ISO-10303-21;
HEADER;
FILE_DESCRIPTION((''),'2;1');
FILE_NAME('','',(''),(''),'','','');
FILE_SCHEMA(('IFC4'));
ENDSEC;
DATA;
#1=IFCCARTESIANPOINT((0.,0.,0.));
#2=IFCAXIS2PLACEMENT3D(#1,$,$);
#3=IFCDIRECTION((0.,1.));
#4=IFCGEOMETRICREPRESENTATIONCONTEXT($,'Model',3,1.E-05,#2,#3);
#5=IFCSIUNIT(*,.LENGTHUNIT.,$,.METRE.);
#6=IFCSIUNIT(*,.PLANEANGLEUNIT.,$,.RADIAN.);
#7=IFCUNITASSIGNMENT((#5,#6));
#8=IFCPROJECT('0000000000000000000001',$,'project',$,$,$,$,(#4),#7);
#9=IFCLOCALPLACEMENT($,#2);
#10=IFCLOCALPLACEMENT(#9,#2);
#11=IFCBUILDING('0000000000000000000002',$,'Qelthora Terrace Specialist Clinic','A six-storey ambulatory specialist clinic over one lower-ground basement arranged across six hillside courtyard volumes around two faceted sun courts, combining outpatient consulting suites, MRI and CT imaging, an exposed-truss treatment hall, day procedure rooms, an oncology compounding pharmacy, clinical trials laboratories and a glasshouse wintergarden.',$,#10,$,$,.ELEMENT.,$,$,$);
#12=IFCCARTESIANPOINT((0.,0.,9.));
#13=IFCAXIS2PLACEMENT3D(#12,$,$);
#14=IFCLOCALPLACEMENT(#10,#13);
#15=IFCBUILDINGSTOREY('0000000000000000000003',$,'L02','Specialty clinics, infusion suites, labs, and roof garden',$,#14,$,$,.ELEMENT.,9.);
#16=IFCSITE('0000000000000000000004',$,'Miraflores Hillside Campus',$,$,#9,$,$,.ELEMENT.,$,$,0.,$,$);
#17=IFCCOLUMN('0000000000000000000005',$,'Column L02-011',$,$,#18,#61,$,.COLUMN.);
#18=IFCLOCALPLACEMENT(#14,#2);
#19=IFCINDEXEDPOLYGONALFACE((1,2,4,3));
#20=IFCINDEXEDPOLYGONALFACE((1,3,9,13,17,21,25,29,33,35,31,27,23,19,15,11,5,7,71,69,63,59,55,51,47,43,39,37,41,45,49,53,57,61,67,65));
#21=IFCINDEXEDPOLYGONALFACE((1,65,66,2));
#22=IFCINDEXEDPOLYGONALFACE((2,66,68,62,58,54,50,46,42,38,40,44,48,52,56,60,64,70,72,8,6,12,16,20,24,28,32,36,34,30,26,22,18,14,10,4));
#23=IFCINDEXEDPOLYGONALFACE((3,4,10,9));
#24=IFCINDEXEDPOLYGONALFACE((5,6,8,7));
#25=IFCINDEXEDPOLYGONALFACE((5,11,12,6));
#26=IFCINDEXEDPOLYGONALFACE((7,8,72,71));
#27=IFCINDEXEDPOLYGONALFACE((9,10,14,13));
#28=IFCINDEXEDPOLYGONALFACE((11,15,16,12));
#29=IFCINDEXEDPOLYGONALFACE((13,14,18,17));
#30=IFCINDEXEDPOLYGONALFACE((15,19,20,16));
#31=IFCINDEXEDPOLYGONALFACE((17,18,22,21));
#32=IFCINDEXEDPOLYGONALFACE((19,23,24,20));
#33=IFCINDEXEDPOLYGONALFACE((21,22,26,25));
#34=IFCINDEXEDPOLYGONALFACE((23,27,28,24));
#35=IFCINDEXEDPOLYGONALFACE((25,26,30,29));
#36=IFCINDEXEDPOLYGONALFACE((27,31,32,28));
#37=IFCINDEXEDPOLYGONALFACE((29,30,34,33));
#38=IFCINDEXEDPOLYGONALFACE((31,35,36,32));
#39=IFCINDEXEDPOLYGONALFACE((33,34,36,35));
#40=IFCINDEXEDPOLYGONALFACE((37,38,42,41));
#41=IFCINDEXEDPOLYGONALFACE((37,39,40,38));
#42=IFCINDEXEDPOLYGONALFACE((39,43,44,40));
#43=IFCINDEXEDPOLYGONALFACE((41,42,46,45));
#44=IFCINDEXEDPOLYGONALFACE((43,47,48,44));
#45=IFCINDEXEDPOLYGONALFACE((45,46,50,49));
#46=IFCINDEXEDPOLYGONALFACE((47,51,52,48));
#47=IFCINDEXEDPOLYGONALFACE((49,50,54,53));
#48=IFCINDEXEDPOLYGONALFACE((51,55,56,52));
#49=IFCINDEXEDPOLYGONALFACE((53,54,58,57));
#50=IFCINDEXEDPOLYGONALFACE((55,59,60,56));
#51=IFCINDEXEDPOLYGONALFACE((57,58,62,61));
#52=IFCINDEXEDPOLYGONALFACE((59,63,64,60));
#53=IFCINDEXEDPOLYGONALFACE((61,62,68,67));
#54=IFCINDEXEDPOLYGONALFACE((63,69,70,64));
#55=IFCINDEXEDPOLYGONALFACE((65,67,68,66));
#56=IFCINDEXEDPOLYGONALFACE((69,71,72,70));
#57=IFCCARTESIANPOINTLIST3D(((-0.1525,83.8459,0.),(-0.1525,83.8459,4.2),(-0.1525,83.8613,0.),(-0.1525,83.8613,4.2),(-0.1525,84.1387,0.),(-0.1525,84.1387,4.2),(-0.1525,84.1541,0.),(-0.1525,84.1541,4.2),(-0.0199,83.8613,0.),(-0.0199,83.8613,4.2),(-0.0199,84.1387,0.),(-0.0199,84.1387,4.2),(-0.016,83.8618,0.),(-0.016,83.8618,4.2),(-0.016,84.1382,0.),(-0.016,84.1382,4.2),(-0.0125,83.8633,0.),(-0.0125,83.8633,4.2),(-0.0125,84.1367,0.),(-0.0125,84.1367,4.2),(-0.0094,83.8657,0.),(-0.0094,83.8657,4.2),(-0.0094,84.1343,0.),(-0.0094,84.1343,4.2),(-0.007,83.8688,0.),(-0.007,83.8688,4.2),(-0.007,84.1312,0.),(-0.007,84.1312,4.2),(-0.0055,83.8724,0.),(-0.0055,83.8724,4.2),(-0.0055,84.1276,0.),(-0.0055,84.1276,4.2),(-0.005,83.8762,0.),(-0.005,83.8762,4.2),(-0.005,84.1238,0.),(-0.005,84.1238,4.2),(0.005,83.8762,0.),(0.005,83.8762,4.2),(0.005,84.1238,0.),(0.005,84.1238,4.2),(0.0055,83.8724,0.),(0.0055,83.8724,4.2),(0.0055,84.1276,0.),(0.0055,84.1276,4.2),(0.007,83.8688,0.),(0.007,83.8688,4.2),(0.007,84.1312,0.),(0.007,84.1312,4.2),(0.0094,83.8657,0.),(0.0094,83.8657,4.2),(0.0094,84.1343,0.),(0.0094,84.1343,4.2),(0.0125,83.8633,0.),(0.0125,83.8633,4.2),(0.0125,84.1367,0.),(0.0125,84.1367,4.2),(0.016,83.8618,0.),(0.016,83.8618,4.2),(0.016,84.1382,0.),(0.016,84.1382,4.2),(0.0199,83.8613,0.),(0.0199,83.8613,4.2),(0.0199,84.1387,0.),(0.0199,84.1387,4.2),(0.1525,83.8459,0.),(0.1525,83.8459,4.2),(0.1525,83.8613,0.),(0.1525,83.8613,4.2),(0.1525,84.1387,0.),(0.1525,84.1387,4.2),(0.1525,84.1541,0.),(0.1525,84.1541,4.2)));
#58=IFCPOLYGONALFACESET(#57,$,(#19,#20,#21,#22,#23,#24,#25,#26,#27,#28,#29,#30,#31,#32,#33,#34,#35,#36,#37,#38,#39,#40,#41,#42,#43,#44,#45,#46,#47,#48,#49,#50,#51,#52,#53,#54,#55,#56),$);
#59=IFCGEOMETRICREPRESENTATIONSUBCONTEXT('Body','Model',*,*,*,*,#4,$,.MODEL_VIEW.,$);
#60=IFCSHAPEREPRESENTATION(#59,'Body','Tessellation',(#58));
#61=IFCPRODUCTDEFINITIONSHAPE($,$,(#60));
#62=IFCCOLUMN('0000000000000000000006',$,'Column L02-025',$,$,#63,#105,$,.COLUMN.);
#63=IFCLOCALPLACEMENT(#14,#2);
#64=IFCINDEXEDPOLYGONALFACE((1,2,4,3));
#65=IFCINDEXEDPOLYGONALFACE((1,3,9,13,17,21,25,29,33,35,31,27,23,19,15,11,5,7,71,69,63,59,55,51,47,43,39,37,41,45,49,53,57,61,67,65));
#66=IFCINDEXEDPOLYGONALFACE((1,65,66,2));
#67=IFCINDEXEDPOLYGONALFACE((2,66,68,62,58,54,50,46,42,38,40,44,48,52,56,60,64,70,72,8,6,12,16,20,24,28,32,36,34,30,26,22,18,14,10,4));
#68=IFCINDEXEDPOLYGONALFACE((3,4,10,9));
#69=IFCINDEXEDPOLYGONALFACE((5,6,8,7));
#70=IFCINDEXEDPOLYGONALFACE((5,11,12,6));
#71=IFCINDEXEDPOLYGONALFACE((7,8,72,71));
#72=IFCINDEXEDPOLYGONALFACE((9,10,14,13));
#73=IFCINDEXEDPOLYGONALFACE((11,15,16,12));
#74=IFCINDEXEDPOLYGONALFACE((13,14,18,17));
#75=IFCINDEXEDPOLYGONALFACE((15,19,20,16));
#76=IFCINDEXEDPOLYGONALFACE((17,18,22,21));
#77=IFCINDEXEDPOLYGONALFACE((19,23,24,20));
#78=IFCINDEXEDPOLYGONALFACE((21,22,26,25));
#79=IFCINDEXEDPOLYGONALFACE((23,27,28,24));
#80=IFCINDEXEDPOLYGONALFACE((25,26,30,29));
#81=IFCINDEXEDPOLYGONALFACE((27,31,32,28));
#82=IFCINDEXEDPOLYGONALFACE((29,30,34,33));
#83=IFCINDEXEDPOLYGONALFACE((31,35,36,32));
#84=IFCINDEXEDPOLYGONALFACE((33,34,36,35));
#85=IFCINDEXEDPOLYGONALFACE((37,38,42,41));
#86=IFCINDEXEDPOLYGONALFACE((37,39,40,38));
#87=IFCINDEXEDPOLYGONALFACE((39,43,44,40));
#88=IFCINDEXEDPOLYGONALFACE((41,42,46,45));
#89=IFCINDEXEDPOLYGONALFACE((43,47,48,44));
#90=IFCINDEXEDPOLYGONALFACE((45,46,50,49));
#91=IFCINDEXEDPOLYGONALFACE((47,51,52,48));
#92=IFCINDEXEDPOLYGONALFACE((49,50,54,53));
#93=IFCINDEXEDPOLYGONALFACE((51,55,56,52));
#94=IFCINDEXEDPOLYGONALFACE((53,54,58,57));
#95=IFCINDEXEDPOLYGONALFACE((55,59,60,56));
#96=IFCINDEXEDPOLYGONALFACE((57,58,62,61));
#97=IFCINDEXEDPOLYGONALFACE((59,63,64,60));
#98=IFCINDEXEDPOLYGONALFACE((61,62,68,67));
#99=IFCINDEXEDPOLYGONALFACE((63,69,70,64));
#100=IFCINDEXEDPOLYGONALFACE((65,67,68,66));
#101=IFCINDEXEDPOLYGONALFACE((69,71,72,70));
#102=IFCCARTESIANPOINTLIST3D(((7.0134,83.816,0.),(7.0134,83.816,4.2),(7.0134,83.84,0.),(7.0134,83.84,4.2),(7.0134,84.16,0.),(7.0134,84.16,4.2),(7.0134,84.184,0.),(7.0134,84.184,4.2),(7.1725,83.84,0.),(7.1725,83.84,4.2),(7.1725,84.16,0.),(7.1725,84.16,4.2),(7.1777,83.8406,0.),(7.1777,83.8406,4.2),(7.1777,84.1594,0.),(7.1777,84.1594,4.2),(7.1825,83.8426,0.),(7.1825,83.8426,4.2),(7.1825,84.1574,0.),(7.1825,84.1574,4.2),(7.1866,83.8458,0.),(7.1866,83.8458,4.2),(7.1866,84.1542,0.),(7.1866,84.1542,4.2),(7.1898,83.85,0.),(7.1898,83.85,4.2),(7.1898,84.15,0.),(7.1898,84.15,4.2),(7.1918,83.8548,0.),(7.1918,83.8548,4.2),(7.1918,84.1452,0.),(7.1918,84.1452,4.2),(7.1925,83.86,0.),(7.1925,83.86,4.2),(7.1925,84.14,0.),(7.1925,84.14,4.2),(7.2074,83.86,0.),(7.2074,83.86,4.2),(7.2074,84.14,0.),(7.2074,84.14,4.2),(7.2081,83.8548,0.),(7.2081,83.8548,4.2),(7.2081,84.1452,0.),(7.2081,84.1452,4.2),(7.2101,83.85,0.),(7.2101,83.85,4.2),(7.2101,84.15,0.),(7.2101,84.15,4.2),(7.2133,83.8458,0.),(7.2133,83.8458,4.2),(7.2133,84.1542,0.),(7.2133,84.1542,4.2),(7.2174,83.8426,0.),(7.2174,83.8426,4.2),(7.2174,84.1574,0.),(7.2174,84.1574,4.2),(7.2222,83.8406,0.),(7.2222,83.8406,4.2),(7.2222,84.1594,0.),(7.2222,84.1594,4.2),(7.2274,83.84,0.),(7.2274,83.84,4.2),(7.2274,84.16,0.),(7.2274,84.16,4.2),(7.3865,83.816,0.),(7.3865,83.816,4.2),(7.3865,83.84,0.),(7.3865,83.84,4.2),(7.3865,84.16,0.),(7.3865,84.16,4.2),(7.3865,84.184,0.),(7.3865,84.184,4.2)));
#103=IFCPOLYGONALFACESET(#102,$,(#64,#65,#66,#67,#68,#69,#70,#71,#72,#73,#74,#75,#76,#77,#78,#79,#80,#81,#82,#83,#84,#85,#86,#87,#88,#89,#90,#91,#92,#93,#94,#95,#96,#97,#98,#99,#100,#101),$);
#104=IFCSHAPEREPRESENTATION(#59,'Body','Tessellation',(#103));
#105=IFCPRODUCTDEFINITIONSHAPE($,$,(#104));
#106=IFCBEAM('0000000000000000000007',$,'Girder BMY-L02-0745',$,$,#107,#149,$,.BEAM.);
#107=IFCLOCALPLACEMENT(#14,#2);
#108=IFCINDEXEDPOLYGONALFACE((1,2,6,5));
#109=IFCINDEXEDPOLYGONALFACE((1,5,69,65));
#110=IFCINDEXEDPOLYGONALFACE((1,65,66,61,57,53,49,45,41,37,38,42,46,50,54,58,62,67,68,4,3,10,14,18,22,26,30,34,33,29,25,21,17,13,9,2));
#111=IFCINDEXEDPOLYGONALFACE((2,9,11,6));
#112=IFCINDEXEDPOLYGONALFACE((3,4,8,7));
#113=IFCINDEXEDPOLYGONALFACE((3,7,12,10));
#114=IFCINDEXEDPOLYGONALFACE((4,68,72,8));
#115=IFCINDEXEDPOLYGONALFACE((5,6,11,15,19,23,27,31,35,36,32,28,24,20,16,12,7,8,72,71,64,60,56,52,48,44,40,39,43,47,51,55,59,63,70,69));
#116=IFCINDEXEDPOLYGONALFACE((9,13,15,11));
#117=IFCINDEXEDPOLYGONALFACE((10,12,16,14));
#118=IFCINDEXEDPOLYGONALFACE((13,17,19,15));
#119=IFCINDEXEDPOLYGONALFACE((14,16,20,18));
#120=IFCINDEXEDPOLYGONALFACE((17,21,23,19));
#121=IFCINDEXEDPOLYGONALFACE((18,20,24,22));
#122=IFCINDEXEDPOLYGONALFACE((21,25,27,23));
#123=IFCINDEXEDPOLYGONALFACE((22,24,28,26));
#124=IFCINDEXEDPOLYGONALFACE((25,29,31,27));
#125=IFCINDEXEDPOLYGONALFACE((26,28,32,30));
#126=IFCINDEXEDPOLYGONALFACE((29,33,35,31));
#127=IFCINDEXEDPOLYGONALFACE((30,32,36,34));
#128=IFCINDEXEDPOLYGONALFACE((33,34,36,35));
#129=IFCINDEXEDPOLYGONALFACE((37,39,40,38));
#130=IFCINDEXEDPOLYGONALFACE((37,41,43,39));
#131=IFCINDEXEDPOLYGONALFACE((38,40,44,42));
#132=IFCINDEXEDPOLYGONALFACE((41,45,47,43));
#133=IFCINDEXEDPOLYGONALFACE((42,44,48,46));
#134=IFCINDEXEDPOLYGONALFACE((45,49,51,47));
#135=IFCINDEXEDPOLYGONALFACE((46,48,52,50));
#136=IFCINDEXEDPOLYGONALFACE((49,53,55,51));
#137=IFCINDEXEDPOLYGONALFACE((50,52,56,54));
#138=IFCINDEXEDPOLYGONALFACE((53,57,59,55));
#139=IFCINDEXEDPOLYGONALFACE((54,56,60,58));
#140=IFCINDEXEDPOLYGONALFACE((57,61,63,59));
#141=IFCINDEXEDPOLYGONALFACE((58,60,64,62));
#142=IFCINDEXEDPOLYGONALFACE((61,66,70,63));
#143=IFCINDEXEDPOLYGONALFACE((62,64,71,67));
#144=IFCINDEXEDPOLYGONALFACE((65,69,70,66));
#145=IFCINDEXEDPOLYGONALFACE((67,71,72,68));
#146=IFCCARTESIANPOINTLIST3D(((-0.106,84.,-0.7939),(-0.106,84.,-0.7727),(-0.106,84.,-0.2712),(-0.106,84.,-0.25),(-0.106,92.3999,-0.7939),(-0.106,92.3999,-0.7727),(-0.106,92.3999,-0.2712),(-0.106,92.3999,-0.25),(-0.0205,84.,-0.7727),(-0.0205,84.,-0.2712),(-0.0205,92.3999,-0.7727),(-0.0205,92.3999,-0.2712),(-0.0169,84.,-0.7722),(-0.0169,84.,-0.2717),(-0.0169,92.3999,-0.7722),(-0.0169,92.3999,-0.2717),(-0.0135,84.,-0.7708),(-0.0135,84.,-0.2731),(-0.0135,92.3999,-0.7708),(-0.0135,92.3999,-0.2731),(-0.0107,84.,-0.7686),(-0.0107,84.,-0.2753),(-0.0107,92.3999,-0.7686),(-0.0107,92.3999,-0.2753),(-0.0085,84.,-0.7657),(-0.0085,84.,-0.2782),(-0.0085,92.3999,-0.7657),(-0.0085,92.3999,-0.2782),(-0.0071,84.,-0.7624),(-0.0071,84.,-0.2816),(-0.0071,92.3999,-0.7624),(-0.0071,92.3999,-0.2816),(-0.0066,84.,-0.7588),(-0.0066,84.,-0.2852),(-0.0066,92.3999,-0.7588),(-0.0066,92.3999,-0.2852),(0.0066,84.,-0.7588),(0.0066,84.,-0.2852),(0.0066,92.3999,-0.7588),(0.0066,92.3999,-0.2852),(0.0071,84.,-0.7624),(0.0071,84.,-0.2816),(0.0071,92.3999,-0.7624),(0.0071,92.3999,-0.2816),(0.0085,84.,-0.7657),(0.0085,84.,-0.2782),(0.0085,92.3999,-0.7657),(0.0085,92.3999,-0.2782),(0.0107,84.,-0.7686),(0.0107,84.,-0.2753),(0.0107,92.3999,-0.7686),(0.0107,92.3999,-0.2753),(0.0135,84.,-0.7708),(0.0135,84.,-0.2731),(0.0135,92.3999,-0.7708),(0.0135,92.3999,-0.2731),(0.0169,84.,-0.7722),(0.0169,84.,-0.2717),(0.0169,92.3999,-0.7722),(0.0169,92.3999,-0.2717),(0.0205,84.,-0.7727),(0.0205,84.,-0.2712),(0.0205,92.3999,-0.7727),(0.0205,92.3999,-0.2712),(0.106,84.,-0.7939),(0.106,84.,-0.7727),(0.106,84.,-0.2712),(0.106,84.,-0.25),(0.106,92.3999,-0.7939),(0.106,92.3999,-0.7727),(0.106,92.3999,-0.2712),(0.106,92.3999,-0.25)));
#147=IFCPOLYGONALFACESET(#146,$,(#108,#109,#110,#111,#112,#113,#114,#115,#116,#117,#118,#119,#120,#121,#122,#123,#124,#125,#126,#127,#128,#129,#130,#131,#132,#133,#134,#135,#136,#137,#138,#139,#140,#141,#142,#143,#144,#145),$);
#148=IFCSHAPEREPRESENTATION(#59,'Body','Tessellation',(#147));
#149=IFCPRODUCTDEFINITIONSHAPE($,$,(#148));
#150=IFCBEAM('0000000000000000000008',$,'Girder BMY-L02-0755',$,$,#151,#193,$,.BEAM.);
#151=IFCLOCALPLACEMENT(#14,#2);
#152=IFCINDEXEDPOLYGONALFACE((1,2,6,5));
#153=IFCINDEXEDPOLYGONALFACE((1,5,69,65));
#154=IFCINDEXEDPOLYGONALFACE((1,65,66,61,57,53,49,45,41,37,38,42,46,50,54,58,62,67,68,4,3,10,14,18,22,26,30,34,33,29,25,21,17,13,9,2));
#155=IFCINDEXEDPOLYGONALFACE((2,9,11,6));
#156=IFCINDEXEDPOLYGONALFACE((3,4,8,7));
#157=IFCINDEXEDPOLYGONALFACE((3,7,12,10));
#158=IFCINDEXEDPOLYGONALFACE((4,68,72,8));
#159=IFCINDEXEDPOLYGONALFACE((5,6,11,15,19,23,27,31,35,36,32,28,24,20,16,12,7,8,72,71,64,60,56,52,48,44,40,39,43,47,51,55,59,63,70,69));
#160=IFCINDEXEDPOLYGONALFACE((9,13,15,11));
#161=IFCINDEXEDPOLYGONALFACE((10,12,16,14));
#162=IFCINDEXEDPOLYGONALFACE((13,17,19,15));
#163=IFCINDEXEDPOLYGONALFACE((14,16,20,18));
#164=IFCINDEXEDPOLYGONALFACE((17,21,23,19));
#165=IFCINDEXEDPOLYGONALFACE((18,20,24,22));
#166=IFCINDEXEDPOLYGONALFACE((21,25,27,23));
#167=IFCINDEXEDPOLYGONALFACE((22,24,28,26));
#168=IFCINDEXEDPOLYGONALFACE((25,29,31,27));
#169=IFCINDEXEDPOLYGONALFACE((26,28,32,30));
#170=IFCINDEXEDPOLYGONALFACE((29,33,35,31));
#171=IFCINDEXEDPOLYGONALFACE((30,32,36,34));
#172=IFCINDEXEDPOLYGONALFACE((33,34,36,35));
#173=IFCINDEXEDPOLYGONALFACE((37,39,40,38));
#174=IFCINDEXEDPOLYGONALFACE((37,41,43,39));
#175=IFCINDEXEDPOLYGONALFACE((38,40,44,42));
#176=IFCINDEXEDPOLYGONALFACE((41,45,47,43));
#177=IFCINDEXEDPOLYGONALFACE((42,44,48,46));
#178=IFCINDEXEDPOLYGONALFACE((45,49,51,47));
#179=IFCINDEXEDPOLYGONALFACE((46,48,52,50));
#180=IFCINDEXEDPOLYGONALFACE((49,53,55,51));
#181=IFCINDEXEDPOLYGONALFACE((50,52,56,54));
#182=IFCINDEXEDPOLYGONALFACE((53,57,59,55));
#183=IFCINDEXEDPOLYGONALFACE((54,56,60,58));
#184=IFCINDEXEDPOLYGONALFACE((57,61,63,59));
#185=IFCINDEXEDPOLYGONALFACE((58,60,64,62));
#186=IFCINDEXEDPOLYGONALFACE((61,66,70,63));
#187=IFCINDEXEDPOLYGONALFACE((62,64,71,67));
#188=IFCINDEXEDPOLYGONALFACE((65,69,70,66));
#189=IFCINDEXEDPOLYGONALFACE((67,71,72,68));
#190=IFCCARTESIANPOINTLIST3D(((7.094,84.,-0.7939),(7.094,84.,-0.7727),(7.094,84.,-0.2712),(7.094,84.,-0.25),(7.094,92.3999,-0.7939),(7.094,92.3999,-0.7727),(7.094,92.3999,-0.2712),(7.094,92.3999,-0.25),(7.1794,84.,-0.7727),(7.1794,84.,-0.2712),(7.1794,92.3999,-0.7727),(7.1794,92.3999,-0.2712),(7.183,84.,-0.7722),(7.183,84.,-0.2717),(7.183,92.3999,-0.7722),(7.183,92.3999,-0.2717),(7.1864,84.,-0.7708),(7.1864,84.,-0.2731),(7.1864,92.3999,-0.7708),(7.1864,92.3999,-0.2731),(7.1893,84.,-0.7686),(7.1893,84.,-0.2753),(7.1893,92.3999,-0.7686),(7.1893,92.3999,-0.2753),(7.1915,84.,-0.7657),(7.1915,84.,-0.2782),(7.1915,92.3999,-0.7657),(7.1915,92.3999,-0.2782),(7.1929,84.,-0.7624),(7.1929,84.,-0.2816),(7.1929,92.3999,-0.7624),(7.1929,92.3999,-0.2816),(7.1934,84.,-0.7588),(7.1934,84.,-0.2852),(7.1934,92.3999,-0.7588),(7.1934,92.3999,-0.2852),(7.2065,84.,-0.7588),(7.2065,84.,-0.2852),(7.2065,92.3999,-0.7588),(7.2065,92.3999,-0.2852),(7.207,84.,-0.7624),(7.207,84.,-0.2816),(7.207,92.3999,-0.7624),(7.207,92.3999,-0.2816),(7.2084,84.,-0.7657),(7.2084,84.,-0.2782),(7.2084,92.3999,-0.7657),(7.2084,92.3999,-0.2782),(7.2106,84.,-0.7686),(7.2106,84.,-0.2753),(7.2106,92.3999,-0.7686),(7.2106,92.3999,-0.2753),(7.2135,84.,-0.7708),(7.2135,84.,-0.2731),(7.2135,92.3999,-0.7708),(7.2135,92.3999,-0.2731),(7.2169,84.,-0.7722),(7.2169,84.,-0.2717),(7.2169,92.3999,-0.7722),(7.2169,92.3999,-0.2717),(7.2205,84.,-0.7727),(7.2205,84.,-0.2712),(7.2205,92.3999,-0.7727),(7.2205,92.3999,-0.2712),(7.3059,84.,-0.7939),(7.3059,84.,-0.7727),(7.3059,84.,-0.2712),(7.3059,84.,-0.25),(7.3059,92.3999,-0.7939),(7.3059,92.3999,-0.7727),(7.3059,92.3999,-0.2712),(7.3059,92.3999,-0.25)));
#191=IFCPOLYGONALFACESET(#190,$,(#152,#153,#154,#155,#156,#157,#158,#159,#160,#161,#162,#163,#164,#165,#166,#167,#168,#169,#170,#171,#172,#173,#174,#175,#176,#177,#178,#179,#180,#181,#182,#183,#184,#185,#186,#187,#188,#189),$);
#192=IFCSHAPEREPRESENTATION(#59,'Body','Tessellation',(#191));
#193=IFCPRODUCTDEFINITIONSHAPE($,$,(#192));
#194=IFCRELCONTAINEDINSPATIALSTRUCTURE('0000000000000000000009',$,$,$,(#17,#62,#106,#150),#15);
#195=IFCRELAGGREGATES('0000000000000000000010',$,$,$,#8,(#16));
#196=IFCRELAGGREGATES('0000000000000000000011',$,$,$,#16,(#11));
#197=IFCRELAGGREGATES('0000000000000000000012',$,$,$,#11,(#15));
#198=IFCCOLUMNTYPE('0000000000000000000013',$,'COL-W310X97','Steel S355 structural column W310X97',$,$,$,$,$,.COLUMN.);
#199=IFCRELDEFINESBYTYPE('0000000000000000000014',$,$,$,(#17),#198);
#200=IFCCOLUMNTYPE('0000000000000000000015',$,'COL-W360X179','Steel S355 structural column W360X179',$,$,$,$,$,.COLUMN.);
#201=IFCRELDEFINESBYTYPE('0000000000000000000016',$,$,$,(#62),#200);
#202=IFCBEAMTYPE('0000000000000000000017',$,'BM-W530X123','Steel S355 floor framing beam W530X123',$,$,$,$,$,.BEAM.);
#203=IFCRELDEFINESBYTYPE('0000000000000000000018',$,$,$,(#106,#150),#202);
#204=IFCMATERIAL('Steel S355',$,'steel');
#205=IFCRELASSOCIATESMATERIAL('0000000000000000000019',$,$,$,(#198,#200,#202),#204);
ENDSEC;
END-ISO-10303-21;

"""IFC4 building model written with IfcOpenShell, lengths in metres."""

from ifc_helpers import new_model, si_unit, direction, frame, origin, origin_2d, place, context, subcontext, project, spatial, i_section, extrude, material, material_profile, profile_set, type_object, element, save


model = new_model("IFC4")

# Units and contexts
model_context = context("Model", 3, precision=1e-05, world=origin(), true_north=direction((0.0, 1.0)))
body_context = subcontext(model_context, "Body", "Model", "MODEL_VIEW")
ifc_project = project(units=[si_unit("LENGTHUNIT", "METRE"), si_unit("PLANEANGLEUNIT", "RADIAN")], contexts=[model_context])

# Site, building, storey
site_placement = place(None, origin())
site = spatial("IfcSite", under=ifc_project, at=site_placement, Name="Miraflores Hillside Campus", CompositionType="ELEMENT", RefElevation=0.0)
building_placement = place(site_placement, origin())
building = spatial("IfcBuilding", under=site, at=building_placement, Name="Qelthora Terrace Specialist Clinic", Description="A six-storey ambulatory specialist clinic over one lower-ground basement arranged across six hillside courtyard volumes around two faceted sun courts, combining outpatient consulting suites, MRI and CT imaging, an exposed-truss treatment hall, day procedure rooms, an oncology compounding pharmacy, clinical trials laboratories and a glasshouse wintergarden.", CompositionType="ELEMENT")
storey_placement = place(building_placement, frame((0.0, 0.0, 9.0)))
storey = spatial("IfcBuildingStorey", under=building, at=storey_placement, Name="L02", Description="Specialty clinics, infusion suites, labs, and roof garden", CompositionType="ELEMENT", Elevation=9.0)

# Columns
ifc_material_1 = material(Name="Steel S355", Category="steel")
ifc_material_profile_1 = material_profile(ifc_material_1, i_section(OverallWidth=0.3049, OverallDepth=0.3081, WebThickness=0.01, FlangeThickness=0.0154, FilletRadius=0.0149, at=origin_2d()), Name="W310X97")
ifc_profile_set_1 = profile_set([ifc_material_profile_1], Name="Steel S355")
column_type_1 = type_object("IfcColumnType", Name="COL-W310X97", Description="Steel S355 structural column W310X97", PredefinedType="COLUMN", material=ifc_profile_set_1)
column_1_placement = place(storey_placement, frame((0.0, 84.0, 0.0), z_axis=(0.0, 0.0, 1.0), x_axis=(1.0, 0.0, 0.0)))
element("IfcColumn", 1, at=column_1_placement, inside=storey, type_object=column_type_1, Name="Column L02-011", PredefinedType="COLUMN", context=body_context, shape_type="SweptSolid", body=[
    extrude(i_section(OverallWidth=0.3049, OverallDepth=0.3081, WebThickness=0.01, FlangeThickness=0.0154, FilletRadius=0.0149, at=origin_2d()), origin(), (0.0, 0.0, 1.0), 4.2),
])
ifc_material_profile_2 = material_profile(ifc_material_1, i_section(OverallWidth=0.373, OverallDepth=0.3679, WebThickness=0.0149, FlangeThickness=0.0239, FilletRadius=0.02, at=origin_2d()), Name="W360X179")
ifc_profile_set_2 = profile_set([ifc_material_profile_2], Name="Steel S355")
column_type_2 = type_object("IfcColumnType", Name="COL-W360X179", Description="Steel S355 structural column W360X179", PredefinedType="COLUMN", material=ifc_profile_set_2)
column_2_placement = place(storey_placement, frame((7.2, 84.0, 0.0), z_axis=(0.0, 0.0, 1.0), x_axis=(1.0, 0.0, 0.0)))
element("IfcColumn", 2, at=column_2_placement, inside=storey, type_object=column_type_2, Name="Column L02-025", PredefinedType="COLUMN", context=body_context, shape_type="SweptSolid", body=[
    extrude(i_section(OverallWidth=0.373, OverallDepth=0.3679, WebThickness=0.0149, FlangeThickness=0.0239, FilletRadius=0.02, at=origin_2d()), origin(), (0.0, 0.0, 1.0), 4.2),
])

# Beams
ifc_material_profile_3 = material_profile(ifc_material_1, i_section(OverallWidth=0.2119, OverallDepth=0.5439, WebThickness=0.0132, FlangeThickness=0.0212, FilletRadius=0.0139, at=origin_2d()), Name="W530X123")
ifc_profile_set_3 = profile_set([ifc_material_profile_3], Name="Steel S355")
beam_type_1 = type_object("IfcBeamType", Name="BM-W530X123", Description="Steel S355 floor framing beam W530X123", PredefinedType="BEAM", material=ifc_profile_set_3)
for number, where, z_axis, x_axis, name in (
    (3, (0.0, 84.0, -0.522), (0.0, 1.0, 0.0), (-1.0, 0.0, 0.0), "Girder BMY-L02-0745"),
    (4, (7.2, 84.0, -0.522), (0.0, 1.0, 0.0), (-1.0, 0.0, 0.0), "Girder BMY-L02-0755"),
):
    element("IfcBeam", number, at=place(storey_placement, frame(where, z_axis=z_axis, x_axis=x_axis)), inside=storey, type_object=beam_type_1, Name=name, PredefinedType="BEAM", context=body_context, shape_type="SweptSolid", body=[
        extrude(i_section(OverallWidth=0.2119, OverallDepth=0.5439, WebThickness=0.0132, FlangeThickness=0.0212, FilletRadius=0.0139, at=origin_2d()), origin(), (0.0, 0.0, 1.0), 8.3999),
    ])

save(model, "model.ifc")
